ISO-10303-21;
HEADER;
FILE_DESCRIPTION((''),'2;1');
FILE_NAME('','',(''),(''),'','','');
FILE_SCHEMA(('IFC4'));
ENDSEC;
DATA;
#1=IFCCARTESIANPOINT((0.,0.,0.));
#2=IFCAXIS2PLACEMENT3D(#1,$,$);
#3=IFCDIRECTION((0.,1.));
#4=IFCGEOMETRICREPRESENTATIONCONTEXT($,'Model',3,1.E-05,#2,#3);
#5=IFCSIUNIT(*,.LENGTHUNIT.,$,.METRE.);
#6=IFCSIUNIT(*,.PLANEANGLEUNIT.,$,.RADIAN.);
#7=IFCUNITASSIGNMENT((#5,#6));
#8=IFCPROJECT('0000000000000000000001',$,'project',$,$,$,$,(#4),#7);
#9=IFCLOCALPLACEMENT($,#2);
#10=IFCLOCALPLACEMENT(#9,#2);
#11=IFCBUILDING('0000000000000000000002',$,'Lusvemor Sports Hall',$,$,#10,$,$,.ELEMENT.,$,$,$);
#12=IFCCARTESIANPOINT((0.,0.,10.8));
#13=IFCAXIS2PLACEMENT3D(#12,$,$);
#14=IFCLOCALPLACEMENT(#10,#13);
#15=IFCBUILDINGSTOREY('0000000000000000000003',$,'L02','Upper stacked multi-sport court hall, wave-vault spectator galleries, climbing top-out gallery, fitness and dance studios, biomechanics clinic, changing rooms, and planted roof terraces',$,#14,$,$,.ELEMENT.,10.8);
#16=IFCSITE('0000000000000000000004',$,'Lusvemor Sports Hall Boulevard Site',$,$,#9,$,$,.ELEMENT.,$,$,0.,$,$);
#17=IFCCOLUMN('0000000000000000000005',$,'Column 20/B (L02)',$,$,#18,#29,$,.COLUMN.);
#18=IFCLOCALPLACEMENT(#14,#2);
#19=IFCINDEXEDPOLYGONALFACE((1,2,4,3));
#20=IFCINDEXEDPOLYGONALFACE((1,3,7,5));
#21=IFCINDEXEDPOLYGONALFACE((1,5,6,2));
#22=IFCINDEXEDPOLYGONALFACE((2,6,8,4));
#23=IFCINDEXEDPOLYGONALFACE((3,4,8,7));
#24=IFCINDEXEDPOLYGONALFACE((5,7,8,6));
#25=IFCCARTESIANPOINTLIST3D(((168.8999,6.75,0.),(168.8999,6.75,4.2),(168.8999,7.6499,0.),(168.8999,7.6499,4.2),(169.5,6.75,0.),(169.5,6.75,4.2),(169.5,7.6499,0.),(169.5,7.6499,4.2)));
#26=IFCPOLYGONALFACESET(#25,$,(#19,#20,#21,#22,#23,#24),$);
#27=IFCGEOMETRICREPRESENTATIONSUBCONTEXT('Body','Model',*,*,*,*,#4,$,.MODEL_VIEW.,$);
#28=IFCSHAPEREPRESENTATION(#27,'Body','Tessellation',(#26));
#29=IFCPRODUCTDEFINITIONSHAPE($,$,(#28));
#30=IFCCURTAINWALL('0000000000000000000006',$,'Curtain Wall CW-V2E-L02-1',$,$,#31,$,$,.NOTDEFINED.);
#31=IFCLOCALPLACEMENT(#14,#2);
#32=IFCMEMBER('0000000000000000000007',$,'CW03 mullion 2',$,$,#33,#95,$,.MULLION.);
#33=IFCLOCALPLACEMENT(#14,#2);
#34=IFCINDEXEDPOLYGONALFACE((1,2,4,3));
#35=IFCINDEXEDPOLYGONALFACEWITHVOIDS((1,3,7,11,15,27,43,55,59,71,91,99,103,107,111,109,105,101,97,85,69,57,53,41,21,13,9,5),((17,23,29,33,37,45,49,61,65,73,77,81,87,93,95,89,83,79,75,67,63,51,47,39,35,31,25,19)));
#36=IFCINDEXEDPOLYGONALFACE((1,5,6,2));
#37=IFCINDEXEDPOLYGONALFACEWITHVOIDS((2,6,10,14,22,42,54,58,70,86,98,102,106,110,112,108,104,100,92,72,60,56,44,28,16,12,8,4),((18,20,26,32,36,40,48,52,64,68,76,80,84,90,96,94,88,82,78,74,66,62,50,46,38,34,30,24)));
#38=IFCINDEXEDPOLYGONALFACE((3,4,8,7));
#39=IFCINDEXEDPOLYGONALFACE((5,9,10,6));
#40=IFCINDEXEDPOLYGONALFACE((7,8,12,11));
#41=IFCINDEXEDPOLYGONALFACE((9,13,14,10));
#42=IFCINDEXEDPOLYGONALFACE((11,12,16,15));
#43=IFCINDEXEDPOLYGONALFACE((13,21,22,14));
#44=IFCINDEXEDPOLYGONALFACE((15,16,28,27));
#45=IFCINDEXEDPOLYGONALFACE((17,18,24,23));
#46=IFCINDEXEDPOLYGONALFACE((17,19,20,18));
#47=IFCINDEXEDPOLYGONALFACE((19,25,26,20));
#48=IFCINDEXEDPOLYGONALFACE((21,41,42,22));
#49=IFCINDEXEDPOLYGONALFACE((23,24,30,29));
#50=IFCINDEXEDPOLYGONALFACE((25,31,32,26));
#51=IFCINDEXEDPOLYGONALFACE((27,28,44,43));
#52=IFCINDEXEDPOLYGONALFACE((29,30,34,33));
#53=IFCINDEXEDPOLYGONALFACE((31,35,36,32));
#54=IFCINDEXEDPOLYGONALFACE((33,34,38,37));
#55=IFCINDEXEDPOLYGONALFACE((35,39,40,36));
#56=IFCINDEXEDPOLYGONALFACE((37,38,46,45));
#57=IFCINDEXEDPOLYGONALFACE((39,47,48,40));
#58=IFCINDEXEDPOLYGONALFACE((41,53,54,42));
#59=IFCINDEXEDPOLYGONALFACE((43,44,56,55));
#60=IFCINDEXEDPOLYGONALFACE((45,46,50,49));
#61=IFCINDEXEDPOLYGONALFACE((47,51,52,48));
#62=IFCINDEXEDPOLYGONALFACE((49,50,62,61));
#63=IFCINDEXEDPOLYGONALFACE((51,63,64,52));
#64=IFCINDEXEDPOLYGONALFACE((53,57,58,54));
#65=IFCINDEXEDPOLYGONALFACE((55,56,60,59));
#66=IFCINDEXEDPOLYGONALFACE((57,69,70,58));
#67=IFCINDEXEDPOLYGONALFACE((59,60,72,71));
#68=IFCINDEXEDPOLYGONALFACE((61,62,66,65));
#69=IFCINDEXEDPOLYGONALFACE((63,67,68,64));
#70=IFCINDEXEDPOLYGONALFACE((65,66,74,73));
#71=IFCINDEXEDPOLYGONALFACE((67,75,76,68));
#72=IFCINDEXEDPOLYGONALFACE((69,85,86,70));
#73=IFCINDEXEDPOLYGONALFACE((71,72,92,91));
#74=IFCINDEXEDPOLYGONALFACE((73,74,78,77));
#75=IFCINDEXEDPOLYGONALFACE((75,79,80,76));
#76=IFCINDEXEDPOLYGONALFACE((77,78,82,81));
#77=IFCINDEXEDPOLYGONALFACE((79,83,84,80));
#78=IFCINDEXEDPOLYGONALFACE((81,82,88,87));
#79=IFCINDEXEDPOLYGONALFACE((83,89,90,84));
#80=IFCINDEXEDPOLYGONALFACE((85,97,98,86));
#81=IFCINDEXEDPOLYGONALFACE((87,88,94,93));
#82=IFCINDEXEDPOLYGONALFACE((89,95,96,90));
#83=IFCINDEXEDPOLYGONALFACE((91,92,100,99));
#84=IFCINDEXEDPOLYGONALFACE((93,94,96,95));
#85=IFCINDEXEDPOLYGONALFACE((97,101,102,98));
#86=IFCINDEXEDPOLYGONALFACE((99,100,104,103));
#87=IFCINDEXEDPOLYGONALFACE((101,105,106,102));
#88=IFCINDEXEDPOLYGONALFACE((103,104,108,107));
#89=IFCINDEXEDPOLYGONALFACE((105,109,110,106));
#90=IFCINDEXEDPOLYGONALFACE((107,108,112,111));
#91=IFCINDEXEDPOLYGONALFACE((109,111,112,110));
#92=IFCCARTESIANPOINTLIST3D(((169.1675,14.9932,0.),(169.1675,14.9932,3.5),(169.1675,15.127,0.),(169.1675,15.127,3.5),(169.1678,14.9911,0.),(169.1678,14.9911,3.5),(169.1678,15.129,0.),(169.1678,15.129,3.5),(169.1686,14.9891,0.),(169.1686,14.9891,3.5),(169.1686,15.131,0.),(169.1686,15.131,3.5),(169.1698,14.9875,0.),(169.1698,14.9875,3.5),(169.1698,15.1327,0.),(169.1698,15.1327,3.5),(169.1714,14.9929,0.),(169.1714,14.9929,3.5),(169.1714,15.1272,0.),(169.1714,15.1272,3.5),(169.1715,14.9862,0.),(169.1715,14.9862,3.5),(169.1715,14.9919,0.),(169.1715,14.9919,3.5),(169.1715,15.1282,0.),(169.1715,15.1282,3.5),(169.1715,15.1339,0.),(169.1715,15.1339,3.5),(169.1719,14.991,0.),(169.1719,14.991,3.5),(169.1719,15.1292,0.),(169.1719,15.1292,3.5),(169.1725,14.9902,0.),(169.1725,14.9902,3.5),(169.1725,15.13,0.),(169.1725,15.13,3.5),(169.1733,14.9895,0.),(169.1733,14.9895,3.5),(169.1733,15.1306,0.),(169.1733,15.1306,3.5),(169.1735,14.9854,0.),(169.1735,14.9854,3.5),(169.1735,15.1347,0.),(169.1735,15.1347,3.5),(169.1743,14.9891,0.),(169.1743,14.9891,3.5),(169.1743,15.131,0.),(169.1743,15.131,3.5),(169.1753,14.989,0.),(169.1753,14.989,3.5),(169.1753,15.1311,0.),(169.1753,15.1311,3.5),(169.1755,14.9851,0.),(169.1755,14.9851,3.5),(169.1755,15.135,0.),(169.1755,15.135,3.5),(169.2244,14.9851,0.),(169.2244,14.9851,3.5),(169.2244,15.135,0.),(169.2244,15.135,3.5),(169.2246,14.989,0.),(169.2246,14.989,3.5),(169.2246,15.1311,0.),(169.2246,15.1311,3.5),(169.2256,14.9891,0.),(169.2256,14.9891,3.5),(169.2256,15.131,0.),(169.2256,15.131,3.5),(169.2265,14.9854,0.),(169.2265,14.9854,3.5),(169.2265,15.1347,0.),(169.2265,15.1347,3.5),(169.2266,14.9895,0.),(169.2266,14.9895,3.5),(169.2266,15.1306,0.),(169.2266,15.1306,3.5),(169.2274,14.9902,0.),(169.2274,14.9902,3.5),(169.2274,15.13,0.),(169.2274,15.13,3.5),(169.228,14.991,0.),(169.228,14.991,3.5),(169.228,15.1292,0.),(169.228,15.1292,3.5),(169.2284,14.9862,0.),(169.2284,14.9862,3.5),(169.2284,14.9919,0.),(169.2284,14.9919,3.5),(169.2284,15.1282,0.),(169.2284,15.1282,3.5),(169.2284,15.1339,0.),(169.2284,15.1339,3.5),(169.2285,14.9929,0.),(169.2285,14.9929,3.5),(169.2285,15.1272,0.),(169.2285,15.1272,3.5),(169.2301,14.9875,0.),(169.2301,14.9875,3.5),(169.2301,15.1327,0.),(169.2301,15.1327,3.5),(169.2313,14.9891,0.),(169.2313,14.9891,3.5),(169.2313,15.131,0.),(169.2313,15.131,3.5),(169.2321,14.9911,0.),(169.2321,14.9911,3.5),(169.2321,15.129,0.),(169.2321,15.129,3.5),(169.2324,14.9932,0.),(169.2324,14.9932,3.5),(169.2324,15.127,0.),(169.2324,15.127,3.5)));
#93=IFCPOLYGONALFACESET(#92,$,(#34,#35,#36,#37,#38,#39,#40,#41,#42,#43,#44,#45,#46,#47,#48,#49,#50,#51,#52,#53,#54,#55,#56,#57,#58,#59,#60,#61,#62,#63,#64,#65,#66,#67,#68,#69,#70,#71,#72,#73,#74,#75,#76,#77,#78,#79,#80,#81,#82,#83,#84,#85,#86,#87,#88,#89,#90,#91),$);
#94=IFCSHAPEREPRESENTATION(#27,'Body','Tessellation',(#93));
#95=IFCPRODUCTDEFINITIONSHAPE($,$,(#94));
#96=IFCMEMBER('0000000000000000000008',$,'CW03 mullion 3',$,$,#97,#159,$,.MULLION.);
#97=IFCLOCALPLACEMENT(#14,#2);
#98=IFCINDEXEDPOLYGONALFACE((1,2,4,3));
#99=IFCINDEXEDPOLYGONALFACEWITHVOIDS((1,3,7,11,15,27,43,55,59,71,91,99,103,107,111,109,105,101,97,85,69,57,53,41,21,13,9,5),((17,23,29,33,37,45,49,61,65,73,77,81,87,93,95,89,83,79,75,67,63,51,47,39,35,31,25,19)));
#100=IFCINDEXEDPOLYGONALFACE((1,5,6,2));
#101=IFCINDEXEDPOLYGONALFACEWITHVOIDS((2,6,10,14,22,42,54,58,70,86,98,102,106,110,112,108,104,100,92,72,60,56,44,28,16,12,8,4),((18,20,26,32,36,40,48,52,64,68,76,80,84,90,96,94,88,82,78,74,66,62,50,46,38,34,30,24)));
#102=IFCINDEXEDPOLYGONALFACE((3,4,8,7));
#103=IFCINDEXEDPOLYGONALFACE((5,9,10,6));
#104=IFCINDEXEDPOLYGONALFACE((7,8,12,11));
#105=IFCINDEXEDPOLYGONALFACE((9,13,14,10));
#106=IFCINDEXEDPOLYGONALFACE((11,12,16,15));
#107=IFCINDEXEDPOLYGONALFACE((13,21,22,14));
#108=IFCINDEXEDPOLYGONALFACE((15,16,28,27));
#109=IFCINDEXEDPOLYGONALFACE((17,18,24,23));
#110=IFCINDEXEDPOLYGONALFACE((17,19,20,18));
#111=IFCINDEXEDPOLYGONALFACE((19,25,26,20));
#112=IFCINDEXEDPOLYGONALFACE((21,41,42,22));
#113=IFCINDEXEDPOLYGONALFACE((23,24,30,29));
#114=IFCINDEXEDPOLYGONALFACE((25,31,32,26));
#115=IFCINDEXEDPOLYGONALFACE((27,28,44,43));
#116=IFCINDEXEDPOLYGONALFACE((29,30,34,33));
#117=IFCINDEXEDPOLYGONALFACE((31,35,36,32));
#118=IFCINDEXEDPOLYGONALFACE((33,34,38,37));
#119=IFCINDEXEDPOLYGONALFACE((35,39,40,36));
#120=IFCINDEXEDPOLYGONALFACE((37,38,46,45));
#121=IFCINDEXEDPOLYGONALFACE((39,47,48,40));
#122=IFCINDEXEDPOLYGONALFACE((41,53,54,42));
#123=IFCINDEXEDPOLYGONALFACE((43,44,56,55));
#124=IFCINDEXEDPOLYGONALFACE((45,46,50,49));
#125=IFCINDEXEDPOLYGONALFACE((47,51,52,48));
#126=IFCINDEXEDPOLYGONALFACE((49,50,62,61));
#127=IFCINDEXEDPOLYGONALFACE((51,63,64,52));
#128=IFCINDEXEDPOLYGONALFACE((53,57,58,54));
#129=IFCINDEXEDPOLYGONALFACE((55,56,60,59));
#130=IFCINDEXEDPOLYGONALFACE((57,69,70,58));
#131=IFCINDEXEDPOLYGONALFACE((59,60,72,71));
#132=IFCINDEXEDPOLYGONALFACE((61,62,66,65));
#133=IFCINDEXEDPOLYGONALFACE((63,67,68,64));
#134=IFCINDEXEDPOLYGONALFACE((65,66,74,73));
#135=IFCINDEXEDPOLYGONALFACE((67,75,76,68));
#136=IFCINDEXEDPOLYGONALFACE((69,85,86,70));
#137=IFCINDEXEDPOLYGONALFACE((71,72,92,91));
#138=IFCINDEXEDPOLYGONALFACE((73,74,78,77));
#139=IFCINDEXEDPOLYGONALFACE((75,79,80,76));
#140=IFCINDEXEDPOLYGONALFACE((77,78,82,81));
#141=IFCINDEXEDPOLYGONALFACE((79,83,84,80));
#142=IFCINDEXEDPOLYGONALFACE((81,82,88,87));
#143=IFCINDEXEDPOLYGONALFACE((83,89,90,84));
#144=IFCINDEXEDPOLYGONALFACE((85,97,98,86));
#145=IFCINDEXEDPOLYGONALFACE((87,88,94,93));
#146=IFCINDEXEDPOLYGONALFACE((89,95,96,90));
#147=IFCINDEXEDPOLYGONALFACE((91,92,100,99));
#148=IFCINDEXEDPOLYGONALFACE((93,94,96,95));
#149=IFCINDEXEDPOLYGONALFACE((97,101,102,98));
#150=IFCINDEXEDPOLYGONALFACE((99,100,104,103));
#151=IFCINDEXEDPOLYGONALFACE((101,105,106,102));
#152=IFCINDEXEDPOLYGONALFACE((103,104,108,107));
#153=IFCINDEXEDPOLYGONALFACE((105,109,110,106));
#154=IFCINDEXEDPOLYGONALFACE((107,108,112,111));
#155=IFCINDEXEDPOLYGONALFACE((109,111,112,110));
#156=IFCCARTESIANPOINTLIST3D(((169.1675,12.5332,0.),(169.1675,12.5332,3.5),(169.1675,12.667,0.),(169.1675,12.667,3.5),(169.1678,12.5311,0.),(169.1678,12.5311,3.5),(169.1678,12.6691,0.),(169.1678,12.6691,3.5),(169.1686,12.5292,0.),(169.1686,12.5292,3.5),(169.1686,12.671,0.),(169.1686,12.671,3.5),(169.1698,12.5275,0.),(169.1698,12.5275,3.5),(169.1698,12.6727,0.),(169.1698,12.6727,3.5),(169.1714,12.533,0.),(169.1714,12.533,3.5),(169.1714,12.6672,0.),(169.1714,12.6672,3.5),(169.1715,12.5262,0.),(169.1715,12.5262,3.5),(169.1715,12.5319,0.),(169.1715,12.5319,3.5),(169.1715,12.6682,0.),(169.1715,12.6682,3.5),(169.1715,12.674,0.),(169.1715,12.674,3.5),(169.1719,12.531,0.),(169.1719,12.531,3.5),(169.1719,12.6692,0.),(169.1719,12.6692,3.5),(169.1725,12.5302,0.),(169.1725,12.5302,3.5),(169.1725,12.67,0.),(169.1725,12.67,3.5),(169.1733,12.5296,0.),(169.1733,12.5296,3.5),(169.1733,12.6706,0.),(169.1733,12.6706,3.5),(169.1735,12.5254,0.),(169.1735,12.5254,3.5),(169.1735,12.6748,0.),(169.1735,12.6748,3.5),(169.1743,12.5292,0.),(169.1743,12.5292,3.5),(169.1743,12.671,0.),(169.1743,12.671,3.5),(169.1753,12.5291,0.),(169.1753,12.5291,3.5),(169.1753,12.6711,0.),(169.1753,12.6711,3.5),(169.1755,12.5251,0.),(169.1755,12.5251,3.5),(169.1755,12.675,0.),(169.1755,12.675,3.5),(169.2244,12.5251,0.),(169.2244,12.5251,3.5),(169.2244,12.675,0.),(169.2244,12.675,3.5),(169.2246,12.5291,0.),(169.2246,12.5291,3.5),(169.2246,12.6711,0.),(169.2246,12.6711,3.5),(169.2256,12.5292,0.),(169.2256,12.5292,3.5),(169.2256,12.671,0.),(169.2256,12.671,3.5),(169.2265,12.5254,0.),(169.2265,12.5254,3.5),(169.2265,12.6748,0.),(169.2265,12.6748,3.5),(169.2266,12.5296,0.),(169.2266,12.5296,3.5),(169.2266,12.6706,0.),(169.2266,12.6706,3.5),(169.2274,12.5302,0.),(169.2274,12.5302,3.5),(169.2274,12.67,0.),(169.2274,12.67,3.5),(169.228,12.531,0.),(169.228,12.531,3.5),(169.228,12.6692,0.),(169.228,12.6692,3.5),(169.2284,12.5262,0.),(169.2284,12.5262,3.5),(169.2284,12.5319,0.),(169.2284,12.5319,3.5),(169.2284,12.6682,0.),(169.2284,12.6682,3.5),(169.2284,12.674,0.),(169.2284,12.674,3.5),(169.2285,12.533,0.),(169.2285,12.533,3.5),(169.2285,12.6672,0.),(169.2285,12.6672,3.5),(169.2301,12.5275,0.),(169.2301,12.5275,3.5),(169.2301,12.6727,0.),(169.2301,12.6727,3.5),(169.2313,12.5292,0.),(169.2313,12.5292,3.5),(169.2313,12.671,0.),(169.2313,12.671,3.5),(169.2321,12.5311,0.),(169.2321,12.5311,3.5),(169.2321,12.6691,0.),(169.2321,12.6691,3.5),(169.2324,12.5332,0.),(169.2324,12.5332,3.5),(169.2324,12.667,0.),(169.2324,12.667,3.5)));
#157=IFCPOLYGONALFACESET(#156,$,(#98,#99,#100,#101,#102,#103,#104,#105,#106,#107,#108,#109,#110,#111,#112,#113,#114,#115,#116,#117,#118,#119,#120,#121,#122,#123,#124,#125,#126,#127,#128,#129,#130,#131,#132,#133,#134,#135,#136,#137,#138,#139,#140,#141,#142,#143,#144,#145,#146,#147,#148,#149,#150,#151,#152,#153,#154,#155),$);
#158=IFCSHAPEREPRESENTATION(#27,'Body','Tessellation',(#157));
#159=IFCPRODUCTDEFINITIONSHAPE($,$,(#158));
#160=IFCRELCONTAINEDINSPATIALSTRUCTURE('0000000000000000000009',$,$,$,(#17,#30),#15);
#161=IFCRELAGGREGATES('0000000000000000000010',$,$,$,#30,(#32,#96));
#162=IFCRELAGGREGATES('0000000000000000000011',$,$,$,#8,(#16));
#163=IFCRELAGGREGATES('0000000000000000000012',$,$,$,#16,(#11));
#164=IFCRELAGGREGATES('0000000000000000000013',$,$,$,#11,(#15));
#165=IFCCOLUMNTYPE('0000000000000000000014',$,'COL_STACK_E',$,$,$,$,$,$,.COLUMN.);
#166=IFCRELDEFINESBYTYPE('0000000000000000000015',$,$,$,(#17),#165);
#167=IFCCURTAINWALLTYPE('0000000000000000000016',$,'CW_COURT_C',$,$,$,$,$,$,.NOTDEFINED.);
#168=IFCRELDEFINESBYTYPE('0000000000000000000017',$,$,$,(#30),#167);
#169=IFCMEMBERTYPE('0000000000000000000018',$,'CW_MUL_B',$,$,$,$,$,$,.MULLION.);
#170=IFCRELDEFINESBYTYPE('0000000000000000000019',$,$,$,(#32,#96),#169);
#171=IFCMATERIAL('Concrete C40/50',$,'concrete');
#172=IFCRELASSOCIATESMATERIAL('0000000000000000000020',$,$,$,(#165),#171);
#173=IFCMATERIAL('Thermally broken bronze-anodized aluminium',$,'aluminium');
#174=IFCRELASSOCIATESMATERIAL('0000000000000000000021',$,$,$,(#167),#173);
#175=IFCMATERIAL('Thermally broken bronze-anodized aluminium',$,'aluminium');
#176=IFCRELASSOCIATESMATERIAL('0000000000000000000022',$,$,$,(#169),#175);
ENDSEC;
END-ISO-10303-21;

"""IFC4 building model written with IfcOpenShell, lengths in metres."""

from ifc_helpers import new_model, si_unit, direction, frame, origin, origin_2d, place, context, subcontext, project, spatial, rectangle, hollow_rectangle, extrude, material, material_profile, profile_set, type_object, element, aggregate, save


model = new_model("IFC4")

# Units and contexts
model_context = context("Model", 3, precision=1e-05, world=origin(), true_north=direction((0.0, 1.0)))
body_context = subcontext(model_context, "Body", "Model", "MODEL_VIEW")
ifc_project = project(units=[si_unit("LENGTHUNIT", "METRE"), si_unit("PLANEANGLEUNIT", "RADIAN")], contexts=[model_context])

# Site, building, storey
site_placement = place(None, origin())
site = spatial("IfcSite", under=ifc_project, at=site_placement, Name="Lusvemor Sports Hall Boulevard Site", CompositionType="ELEMENT", RefElevation=0.0)
building_placement = place(site_placement, origin())
building = spatial("IfcBuilding", under=site, at=building_placement, Name="Lusvemor Sports Hall", CompositionType="ELEMENT")
storey_placement = place(building_placement, frame((0.0, 0.0, 10.8)))
storey = spatial("IfcBuildingStorey", under=building, at=storey_placement, Name="L02", Description="Upper stacked multi-sport court hall, wave-vault spectator galleries, climbing top-out gallery, fitness and dance studios, biomechanics clinic, changing rooms, and planted roof terraces", CompositionType="ELEMENT", Elevation=10.8)

# Column
ifc_material_1 = material(Name="Concrete C40/50", Category="concrete")
ifc_material_profile_1 = material_profile(ifc_material_1, rectangle(XDim=0.6001, YDim=0.8999, at=origin_2d()), Name="RC600x900")
ifc_profile_set_1 = profile_set([ifc_material_profile_1], Name="Concrete C40/50")
column_type = type_object("IfcColumnType", Name="COL_STACK_E", PredefinedType="COLUMN", material=ifc_profile_set_1)
column_placement = place(storey_placement, frame((169.2, 7.2, 0.0), z_axis=(0.0, 0.0, 1.0), x_axis=(1.0, 0.0, 0.0)))
element("IfcColumn", 1, at=column_placement, inside=storey, type_object=column_type, Name="Column 20/B (L02)", PredefinedType="COLUMN", context=body_context, shape_type="SweptSolid", body=[
    extrude(rectangle(XDim=0.6001, YDim=0.8999, at=origin_2d()), origin(), (0.0, 0.0, 1.0), 4.2),
])

# Curtain wall, members
ifc_material_2 = material(Name="Thermally broken bronze-anodized aluminium", Category="aluminium")
curtain_wall_type = type_object("IfcCurtainWallType", Name="CW_COURT_C", PredefinedType="NOTDEFINED", material=ifc_material_2)
curtain_wall_placement = place(storey_placement, origin())
curtain_wall = element("IfcCurtainWall", 2, at=curtain_wall_placement, inside=storey, type_object=curtain_wall_type, Name="Curtain Wall CW-V2E-L02-1", PredefinedType="NOTDEFINED")
ifc_material_3 = material(Name="Thermally broken bronze-anodized aluminium", Category="aluminium")
ifc_material_profile_2 = material_profile(ifc_material_3, hollow_rectangle(XDim=0.0649, YDim=0.1499, WallThickness=0.0039, InnerFilletRadius=0.0039, OuterFilletRadius=0.0081, at=origin_2d()), Name="CWMUL150x65x4")
ifc_profile_set_2 = profile_set([ifc_material_profile_2], Name="Thermally broken bronze-anodized aluminium")
member_type_1 = type_object("IfcMemberType", Name="CW_MUL_B", PredefinedType="MULLION", material=ifc_profile_set_2)
member_1_placement = place(storey_placement, frame((169.2, 15.0601, 0.0), z_axis=(0.0, 0.0, 1.0), x_axis=(1.0, 0.0, 0.0)))
member_1 = element("IfcMember", 3, at=member_1_placement, type_object=member_type_1, Name="CW03 mullion 2", PredefinedType="MULLION", context=body_context, shape_type="SweptSolid", body=[
    extrude(hollow_rectangle(XDim=0.0649, YDim=0.1499, WallThickness=0.0039, InnerFilletRadius=0.0039, OuterFilletRadius=0.0081, at=origin_2d()), origin(), (0.0, 0.0, 1.0), 3.5),
])
member_2_placement = place(storey_placement, frame((169.2, 12.6001, 0.0), z_axis=(0.0, 0.0, 1.0), x_axis=(1.0, 0.0, 0.0)))
member_2 = element("IfcMember", 4, at=member_2_placement, type_object=member_type_1, Name="CW03 mullion 3", PredefinedType="MULLION", context=body_context, shape_type="SweptSolid", body=[
    extrude(hollow_rectangle(XDim=0.0649, YDim=0.1499, WallThickness=0.0039, InnerFilletRadius=0.0039, OuterFilletRadius=0.0081, at=origin_2d()), origin(), (0.0, 0.0, 1.0), 3.5),
])

aggregate(curtain_wall, [member_1, member_2])

save(model, "model.ifc")
